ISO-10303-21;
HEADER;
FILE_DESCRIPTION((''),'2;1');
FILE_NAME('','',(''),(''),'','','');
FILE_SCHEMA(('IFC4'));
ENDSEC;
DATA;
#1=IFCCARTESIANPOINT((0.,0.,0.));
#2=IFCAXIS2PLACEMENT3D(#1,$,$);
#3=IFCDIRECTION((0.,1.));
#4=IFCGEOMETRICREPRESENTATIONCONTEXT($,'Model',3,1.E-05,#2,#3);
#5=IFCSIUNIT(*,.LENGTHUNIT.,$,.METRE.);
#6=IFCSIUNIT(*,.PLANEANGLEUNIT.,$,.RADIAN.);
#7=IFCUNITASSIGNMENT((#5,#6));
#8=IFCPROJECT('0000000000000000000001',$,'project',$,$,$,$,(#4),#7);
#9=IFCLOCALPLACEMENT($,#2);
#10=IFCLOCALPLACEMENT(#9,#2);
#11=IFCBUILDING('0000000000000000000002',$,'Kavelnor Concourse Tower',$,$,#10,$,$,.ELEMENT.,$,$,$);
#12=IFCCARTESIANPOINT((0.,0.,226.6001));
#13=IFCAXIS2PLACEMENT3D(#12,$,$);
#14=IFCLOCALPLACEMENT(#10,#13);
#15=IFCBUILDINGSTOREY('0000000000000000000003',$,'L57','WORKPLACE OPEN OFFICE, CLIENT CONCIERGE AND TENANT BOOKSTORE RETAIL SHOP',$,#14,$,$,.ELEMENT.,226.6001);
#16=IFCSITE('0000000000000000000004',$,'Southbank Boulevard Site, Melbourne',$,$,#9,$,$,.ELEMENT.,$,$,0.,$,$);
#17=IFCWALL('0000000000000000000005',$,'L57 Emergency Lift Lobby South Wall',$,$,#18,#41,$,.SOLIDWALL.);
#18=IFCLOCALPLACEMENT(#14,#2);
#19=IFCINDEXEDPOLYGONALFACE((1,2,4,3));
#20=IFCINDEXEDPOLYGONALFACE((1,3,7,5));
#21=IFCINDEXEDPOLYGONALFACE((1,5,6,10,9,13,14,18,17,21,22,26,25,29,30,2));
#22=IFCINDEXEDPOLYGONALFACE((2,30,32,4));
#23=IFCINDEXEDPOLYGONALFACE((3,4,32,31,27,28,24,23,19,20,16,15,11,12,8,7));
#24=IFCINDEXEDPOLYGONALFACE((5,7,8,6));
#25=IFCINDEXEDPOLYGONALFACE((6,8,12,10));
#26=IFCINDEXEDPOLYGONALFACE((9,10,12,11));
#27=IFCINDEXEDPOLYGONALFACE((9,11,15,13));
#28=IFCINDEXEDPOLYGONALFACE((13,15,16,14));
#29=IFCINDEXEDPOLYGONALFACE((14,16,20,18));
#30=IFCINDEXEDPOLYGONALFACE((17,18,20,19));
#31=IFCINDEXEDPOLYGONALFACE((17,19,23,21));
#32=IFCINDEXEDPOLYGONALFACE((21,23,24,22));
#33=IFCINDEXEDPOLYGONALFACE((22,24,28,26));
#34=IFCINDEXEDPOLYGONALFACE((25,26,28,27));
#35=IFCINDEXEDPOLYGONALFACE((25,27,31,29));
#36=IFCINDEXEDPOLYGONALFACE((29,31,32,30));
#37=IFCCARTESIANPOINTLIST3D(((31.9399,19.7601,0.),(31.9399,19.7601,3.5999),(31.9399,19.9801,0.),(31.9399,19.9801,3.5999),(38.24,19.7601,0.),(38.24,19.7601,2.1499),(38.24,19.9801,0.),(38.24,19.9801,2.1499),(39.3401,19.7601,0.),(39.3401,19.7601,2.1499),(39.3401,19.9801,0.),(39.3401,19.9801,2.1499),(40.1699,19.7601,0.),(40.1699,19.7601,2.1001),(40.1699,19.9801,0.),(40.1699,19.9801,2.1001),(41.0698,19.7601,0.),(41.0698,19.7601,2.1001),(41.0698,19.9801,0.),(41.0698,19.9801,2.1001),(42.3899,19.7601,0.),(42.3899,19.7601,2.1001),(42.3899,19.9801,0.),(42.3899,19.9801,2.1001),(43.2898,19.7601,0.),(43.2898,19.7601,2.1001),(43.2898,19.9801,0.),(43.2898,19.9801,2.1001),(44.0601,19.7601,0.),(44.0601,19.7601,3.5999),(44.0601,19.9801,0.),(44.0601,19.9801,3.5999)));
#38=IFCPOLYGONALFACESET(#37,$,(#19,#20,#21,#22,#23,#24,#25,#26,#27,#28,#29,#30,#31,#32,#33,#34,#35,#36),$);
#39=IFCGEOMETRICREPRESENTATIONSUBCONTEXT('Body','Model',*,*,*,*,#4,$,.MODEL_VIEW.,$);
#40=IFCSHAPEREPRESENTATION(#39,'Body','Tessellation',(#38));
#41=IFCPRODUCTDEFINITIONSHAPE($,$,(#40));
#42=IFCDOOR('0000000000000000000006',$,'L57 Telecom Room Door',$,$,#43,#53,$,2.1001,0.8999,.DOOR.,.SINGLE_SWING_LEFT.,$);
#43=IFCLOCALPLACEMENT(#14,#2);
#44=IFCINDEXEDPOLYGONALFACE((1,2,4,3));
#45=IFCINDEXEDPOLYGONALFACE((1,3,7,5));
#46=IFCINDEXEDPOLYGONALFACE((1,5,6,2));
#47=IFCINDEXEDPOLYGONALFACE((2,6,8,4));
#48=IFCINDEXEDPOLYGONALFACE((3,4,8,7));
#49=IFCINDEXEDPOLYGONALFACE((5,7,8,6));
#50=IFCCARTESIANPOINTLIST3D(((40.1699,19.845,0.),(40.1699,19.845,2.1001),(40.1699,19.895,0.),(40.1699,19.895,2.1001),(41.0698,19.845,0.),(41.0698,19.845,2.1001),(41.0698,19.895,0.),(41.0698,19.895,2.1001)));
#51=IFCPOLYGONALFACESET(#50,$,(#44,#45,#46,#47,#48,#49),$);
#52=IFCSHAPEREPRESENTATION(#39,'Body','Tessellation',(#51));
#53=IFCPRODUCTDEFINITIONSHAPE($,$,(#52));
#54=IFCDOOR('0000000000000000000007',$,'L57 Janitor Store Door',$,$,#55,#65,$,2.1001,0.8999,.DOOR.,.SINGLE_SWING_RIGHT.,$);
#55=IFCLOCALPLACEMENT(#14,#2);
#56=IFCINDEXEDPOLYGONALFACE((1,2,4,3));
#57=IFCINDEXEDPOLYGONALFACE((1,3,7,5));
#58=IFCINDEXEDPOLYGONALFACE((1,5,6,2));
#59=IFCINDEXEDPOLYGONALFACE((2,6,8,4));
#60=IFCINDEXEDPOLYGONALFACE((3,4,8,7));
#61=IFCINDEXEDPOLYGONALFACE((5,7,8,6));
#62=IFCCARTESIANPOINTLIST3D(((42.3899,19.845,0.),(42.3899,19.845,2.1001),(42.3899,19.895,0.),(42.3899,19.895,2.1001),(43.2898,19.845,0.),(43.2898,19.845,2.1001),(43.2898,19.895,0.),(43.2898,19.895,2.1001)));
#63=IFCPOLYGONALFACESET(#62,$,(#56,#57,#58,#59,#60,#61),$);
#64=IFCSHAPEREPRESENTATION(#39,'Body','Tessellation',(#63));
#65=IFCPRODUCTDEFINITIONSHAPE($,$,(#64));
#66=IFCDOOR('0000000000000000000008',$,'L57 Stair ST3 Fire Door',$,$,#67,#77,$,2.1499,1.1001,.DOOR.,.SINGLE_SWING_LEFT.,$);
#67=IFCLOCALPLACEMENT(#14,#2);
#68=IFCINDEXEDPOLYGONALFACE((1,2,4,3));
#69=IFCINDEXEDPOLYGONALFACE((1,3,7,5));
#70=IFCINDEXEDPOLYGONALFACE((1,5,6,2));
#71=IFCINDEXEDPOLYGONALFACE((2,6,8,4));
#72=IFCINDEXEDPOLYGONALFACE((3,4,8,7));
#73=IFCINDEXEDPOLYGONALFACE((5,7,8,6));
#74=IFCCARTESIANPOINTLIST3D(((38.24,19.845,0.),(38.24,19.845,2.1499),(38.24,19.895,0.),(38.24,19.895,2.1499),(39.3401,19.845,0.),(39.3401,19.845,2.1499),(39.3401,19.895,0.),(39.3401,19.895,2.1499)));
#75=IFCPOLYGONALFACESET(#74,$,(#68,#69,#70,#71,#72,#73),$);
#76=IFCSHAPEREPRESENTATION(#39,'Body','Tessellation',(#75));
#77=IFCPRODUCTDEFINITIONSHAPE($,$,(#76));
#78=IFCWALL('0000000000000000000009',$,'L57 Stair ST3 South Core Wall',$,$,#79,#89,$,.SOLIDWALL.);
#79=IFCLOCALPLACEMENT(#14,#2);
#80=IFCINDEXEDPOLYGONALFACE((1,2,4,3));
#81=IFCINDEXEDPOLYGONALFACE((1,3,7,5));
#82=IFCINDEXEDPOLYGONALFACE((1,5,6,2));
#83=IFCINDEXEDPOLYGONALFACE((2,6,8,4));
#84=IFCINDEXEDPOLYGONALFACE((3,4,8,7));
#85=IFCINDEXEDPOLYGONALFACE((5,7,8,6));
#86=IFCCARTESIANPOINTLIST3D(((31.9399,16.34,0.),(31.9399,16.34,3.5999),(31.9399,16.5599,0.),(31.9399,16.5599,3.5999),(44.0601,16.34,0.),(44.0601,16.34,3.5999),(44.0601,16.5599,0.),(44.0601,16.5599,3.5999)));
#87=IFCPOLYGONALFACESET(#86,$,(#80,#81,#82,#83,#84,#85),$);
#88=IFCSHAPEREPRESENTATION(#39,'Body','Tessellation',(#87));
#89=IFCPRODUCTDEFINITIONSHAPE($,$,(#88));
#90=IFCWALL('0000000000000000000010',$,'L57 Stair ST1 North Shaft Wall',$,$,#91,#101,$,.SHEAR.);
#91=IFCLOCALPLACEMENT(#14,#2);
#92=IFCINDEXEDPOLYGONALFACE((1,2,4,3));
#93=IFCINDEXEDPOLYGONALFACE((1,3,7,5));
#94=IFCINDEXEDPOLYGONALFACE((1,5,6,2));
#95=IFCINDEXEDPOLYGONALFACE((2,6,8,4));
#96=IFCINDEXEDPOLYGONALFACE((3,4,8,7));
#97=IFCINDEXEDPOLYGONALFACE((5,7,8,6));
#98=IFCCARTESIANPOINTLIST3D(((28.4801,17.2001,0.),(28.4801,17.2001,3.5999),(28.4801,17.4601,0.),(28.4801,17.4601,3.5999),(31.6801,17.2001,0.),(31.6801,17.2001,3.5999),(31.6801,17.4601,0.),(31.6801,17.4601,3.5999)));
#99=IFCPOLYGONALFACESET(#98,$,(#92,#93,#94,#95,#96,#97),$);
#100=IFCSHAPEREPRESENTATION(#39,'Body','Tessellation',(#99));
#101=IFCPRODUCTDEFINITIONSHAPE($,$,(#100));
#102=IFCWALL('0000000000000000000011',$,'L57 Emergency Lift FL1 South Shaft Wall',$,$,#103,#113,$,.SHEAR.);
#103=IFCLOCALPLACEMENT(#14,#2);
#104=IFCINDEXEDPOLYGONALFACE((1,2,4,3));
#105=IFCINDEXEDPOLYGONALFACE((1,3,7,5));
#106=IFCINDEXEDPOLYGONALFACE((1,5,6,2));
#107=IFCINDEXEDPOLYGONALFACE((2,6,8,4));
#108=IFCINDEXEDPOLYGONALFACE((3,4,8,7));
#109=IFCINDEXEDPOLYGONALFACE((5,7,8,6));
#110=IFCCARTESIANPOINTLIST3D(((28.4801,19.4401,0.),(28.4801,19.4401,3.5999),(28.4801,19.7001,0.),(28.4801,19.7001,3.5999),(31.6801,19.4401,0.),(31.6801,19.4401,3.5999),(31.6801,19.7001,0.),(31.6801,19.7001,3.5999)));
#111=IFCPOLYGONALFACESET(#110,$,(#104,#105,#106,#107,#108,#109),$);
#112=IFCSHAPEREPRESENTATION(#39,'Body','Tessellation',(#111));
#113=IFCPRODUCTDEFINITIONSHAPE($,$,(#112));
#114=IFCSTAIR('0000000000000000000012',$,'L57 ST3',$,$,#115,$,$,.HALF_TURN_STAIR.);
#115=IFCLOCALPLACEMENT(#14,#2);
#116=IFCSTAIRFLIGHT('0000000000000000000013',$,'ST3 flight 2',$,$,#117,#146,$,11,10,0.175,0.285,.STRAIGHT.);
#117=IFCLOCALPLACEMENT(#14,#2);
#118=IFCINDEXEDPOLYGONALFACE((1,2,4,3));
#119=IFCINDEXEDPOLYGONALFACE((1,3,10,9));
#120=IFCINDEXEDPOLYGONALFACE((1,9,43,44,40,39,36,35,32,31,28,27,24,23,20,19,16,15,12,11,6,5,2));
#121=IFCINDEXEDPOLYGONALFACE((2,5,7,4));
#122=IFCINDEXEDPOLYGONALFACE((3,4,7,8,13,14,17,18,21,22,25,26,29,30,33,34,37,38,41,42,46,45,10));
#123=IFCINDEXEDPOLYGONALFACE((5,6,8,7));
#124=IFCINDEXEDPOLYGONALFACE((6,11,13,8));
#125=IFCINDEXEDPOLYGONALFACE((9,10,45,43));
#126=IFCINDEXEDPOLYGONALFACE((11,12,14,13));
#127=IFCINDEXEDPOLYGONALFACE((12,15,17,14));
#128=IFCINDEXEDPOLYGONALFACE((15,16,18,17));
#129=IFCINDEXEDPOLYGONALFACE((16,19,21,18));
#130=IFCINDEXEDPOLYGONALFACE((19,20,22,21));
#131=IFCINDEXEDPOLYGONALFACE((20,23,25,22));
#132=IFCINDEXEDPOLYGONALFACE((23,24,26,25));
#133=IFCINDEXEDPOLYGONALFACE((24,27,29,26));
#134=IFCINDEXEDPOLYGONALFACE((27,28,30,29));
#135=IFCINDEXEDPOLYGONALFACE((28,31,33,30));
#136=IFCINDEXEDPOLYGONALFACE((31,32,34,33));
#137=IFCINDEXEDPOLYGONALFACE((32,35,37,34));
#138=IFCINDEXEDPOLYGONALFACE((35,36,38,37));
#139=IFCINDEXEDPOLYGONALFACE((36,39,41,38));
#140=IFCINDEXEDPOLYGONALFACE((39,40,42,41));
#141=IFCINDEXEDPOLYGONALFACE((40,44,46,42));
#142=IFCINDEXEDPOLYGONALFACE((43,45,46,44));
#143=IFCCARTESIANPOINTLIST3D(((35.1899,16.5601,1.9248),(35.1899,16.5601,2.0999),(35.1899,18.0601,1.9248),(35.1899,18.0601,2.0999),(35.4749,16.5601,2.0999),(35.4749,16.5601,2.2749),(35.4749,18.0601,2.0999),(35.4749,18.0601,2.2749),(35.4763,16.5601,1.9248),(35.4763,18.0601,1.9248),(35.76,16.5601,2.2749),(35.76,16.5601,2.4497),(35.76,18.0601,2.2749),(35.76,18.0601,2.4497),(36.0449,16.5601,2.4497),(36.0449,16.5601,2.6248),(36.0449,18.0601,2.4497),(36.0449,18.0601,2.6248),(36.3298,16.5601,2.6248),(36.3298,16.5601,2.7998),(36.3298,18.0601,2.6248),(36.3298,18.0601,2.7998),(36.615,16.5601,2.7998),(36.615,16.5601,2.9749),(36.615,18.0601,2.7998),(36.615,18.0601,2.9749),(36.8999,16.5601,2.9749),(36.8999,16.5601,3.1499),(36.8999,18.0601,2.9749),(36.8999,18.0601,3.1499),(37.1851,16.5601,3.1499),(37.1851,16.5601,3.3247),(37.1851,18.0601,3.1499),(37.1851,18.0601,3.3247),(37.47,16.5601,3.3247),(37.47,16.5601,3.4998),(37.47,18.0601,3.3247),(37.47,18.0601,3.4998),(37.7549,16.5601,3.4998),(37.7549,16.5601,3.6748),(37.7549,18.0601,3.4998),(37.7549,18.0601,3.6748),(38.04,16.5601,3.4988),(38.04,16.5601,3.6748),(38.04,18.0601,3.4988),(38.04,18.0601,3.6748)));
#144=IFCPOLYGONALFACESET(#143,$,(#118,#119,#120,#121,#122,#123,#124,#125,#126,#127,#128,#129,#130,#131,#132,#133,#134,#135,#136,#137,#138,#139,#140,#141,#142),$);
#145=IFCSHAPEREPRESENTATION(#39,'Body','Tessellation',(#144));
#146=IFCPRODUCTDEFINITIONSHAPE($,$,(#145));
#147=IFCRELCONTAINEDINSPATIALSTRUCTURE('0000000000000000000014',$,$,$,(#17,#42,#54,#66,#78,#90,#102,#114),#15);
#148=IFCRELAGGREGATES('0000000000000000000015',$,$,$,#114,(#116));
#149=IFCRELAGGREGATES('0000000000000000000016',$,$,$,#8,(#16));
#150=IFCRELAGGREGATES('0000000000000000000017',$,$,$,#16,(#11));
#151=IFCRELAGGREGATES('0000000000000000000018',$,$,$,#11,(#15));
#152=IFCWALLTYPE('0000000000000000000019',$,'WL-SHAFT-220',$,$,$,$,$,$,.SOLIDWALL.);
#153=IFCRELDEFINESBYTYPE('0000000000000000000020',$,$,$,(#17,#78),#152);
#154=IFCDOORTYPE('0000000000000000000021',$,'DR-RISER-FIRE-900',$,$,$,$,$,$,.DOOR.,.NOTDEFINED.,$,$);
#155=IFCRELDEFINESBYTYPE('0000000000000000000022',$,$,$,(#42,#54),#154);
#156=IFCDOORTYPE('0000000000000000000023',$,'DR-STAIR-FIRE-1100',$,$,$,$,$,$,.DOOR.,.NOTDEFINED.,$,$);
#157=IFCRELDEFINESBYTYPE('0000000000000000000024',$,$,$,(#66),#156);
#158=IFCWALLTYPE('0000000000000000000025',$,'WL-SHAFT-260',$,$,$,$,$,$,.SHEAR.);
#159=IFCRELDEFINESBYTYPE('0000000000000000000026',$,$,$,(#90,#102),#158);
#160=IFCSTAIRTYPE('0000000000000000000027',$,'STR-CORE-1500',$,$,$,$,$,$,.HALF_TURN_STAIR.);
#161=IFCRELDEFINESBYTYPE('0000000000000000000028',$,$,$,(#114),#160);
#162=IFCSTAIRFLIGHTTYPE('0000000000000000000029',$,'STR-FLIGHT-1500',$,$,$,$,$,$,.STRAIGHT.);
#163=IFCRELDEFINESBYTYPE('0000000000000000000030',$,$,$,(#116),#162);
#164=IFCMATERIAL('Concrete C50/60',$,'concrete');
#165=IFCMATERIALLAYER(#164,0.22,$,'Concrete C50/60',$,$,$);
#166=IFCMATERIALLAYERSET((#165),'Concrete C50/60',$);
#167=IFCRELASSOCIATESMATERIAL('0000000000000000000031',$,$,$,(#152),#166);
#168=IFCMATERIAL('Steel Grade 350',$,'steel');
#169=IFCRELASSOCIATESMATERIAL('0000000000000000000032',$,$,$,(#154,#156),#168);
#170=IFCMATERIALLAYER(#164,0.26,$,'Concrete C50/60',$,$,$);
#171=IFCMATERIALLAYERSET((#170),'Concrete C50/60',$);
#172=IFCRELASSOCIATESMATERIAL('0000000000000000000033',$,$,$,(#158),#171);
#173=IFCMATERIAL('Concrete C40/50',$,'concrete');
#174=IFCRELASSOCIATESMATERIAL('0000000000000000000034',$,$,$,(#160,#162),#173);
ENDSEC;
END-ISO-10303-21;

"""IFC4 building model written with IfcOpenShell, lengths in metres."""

from ifc_helpers import new_model, si_unit, direction, frame, frame_2d, origin, place, context, subcontext, project, spatial, polyline, rectangle, outline, extrude, material, layer, layer_set, type_object, element, fill, aggregate, save


model = new_model("IFC4")

# Units and contexts
model_context = context("Model", 3, precision=1e-05, world=origin(), true_north=direction((0.0, 1.0)))
body_context = subcontext(model_context, "Body", "Model", "MODEL_VIEW")
ifc_project = project(units=[si_unit("LENGTHUNIT", "METRE"), si_unit("PLANEANGLEUNIT", "RADIAN")], contexts=[model_context])

# Site, building, storey
site_placement = place(None, origin())
site = spatial("IfcSite", under=ifc_project, at=site_placement, Name="Southbank Boulevard Site, Melbourne", CompositionType="ELEMENT", RefElevation=0.0)
building_placement = place(site_placement, origin())
building = spatial("IfcBuilding", under=site, at=building_placement, Name="Kavelnor Concourse Tower", CompositionType="ELEMENT")
storey_placement = place(building_placement, frame((0.0, 0.0, 226.6001)))
storey = spatial("IfcBuildingStorey", under=building, at=storey_placement, Name="L57", Description="WORKPLACE OPEN OFFICE, CLIENT CONCIERGE AND TENANT BOOKSTORE RETAIL SHOP", CompositionType="ELEMENT", Elevation=226.6001)

# Shared definitions
ifc_material_1 = material(Name="Steel Grade 350", Category="steel")

# Shared definitions
ifc_material_2 = material(Name="Concrete C50/60", Category="concrete")

# Wall, openings, doors
ifc_layer_1 = layer(ifc_material_2, 0.22, Name="Concrete C50/60")
ifc_layer_set_1 = layer_set([ifc_layer_1], Name="Concrete C50/60")
wall_type_1 = type_object("IfcWallType", Name="WL-SHAFT-220", PredefinedType="SOLIDWALL", material=ifc_layer_set_1)
wall_1_placement = place(storey_placement, frame((31.9399, 19.8701, 0.0), z_axis=(0.0, 0.0, 1.0), x_axis=(1.0, 0.0, 0.0)))
wall_1 = element("IfcWall", 1, at=wall_1_placement, inside=storey, type_object=wall_type_1, Name="L57 Emergency Lift Lobby South Wall", PredefinedType="SOLIDWALL", context=body_context, shape_type="SweptSolid", body=[
    extrude(rectangle(XDim=12.1201, YDim=0.22, at=frame_2d((6.0601, 0.0))), origin(), (0.0, 0.0, 1.0), 3.5999),
])
opening_1_placement = place(wall_1_placement, frame((6.3, 0.0, 0.0)))
opening_1 = element("IfcOpeningElement", 2, at=opening_1_placement, cuts=wall_1, PredefinedType="OPENING", context=body_context, shape_type="SweptSolid", body=[
    extrude(rectangle(XDim=1.1001, YDim=2.1499, at=frame_2d((0.55, 1.075))), frame((0.0, 0.1201, 0.0), z_axis=(0.0, -1.0, 0.0), x_axis=(1.0, 0.0, 0.0)), (0.0, 0.0, 1.0), 0.24),
])
opening_2_placement = place(wall_1_placement, frame((8.23, 0.0, 0.0)))
opening_2 = element("IfcOpeningElement", 3, at=opening_2_placement, cuts=wall_1, PredefinedType="OPENING", context=body_context, shape_type="SweptSolid", body=[
    extrude(rectangle(XDim=0.8999, YDim=2.1001, at=frame_2d((0.45, 1.05))), frame((0.0, 0.1201, 0.0), z_axis=(0.0, -1.0, 0.0), x_axis=(1.0, 0.0, 0.0)), (0.0, 0.0, 1.0), 0.24),
])
opening_3_placement = place(wall_1_placement, frame((10.45, 0.0, 0.0)))
opening_3 = element("IfcOpeningElement", 4, at=opening_3_placement, cuts=wall_1, PredefinedType="OPENING", context=body_context, shape_type="SweptSolid", body=[
    extrude(rectangle(XDim=0.8999, YDim=2.1001, at=frame_2d((0.45, 1.05))), frame((0.0, 0.1201, 0.0), z_axis=(0.0, -1.0, 0.0), x_axis=(1.0, 0.0, 0.0)), (0.0, 0.0, 1.0), 0.24),
])
door_type_1 = type_object("IfcDoorType", Name="DR-RISER-FIRE-900", OperationType="NOTDEFINED", PredefinedType="DOOR", material=ifc_material_1)
door_1_placement = place(opening_2_placement, origin())
door_1 = element("IfcDoor", 5, at=door_1_placement, inside=storey, type_object=door_type_1, Name="L57 Telecom Room Door", OperationType="SINGLE_SWING_LEFT", OverallHeight=2.1001, OverallWidth=0.8999, PredefinedType="DOOR", context=body_context, shape_type="SweptSolid", body=[
    extrude(rectangle(XDim=0.8999, YDim=2.1001, at=frame_2d((0.45, 1.05))), frame((0.0, 0.0249, 0.0), z_axis=(0.0, -1.0, 0.0), x_axis=(1.0, 0.0, 0.0)), (0.0, 0.0, 1.0), 0.05),
])
fill(opening_2, door_1)
door_2_placement = place(opening_3_placement, origin())
door_2 = element("IfcDoor", 6, at=door_2_placement, inside=storey, type_object=door_type_1, Name="L57 Janitor Store Door", OperationType="SINGLE_SWING_RIGHT", OverallHeight=2.1001, OverallWidth=0.8999, PredefinedType="DOOR", context=body_context, shape_type="SweptSolid", body=[
    extrude(rectangle(XDim=0.8999, YDim=2.1001, at=frame_2d((0.45, 1.05))), frame((0.0, 0.0249, 0.0), z_axis=(0.0, -1.0, 0.0), x_axis=(1.0, 0.0, 0.0)), (0.0, 0.0, 1.0), 0.05),
])
fill(opening_3, door_2)
door_type_2 = type_object("IfcDoorType", Name="DR-STAIR-FIRE-1100", OperationType="NOTDEFINED", PredefinedType="DOOR", material=ifc_material_1)
door_3_placement = place(opening_1_placement, origin())
door_3 = element("IfcDoor", 7, at=door_3_placement, inside=storey, type_object=door_type_2, Name="L57 Stair ST3 Fire Door", OperationType="SINGLE_SWING_LEFT", OverallHeight=2.1499, OverallWidth=1.1001, PredefinedType="DOOR", context=body_context, shape_type="SweptSolid", body=[
    extrude(rectangle(XDim=1.1001, YDim=2.1499, at=frame_2d((0.55, 1.075))), frame((0.0, 0.0249, 0.0), z_axis=(0.0, -1.0, 0.0), x_axis=(1.0, 0.0, 0.0)), (0.0, 0.0, 1.0), 0.05),
])
fill(opening_1, door_3)

# Walls
wall_2_placement = place(storey_placement, frame((31.9399, 16.45, 0.0), z_axis=(0.0, 0.0, 1.0), x_axis=(1.0, 0.0, 0.0)))
element("IfcWall", 8, at=wall_2_placement, inside=storey, type_object=wall_type_1, Name="L57 Stair ST3 South Core Wall", PredefinedType="SOLIDWALL", context=body_context, shape_type="SweptSolid", body=[
    extrude(rectangle(XDim=12.1201, YDim=0.22, at=frame_2d((6.0601, 0.0))), origin(), (0.0, 0.0, 1.0), 3.5999),
])
ifc_layer_2 = layer(ifc_material_2, 0.26, Name="Concrete C50/60")
ifc_layer_set_2 = layer_set([ifc_layer_2], Name="Concrete C50/60")
wall_type_2 = type_object("IfcWallType", Name="WL-SHAFT-260", PredefinedType="SHEAR", material=ifc_layer_set_2)
for number, where, z_axis, x_axis, name in (
    (9, (28.48, 17.3301, 0.0), (0.0, 0.0, 1.0), (1.0, 0.0, 0.0), "L57 Stair ST1 North Shaft Wall"),
    (10, (28.48, 19.5701, 0.0), (0.0, 0.0, 1.0), (1.0, 0.0, 0.0), "L57 Emergency Lift FL1 South Shaft Wall"),
):
    element("IfcWall", number, at=place(storey_placement, frame(where, z_axis=z_axis, x_axis=x_axis)), inside=storey, type_object=wall_type_2, Name=name, PredefinedType="SHEAR", context=body_context, shape_type="SweptSolid", body=[
        extrude(rectangle(XDim=3.2, YDim=0.26, at=frame_2d((1.6001, 0.0))), origin(), (0.0, 0.0, 1.0), 3.5999),
    ])

# Stair, stair flight
ifc_material_3 = material(Name="Concrete C40/50", Category="concrete")
stair_type = type_object("IfcStairType", Name="STR-CORE-1500", PredefinedType="HALF_TURN_STAIR", material=ifc_material_3)
stair_placement = place(storey_placement, origin())
stair = element("IfcStair", 11, at=stair_placement, inside=storey, type_object=stair_type, Name="L57 ST3", PredefinedType="HALF_TURN_STAIR")
stair_flight_type = type_object("IfcStairFlightType", Name="STR-FLIGHT-1500", PredefinedType="STRAIGHT", material=ifc_material_3)
stair_flight_placement = place(storey_placement, frame((35.1899, 17.3101, 1.9248), z_axis=(0.0, 0.0, 1.0), x_axis=(1.0, 0.0, 0.0)))
stair_flight = element("IfcStairFlight", 12, at=stair_flight_placement, type_object=stair_flight_type, Name="ST3 flight 2", NumberOfRisers=11, NumberOfTreads=10, PredefinedType="STRAIGHT", RiserHeight=0.175, TreadLength=0.285, context=body_context, shape_type="SweptSolid", body=[
    extrude(outline(polyline([(0.0, 0.0), (0.0, 0.175), (0.2849, 0.175), (0.2849, 0.3501), (0.5701, 0.3501), (0.5701, 0.5249), (0.855, 0.5249), (0.855, 0.7), (1.1399, 0.7), (1.1399, 0.875), (1.425, 0.875), (1.425, 1.05), (1.71, 1.05), (1.71, 1.2251), (1.9951, 1.2251), (1.9951, 1.3999), (2.28, 1.3999), (2.28, 1.575), (2.5649, 1.575), (2.5649, 1.75), (2.8501, 1.75), (2.8501, 1.925), (2.8501, 1.574), (0.2864, 0.0), (0.0, 0.0)])), frame((0.0, 0.75, 0.0), z_axis=(0.0, -1.0, 0.0), x_axis=(1.0, 0.0, 0.0)), (0.0, 0.0, 1.0), 1.5),
])
aggregate(stair, [stair_flight])

save(model, "model.ifc")
